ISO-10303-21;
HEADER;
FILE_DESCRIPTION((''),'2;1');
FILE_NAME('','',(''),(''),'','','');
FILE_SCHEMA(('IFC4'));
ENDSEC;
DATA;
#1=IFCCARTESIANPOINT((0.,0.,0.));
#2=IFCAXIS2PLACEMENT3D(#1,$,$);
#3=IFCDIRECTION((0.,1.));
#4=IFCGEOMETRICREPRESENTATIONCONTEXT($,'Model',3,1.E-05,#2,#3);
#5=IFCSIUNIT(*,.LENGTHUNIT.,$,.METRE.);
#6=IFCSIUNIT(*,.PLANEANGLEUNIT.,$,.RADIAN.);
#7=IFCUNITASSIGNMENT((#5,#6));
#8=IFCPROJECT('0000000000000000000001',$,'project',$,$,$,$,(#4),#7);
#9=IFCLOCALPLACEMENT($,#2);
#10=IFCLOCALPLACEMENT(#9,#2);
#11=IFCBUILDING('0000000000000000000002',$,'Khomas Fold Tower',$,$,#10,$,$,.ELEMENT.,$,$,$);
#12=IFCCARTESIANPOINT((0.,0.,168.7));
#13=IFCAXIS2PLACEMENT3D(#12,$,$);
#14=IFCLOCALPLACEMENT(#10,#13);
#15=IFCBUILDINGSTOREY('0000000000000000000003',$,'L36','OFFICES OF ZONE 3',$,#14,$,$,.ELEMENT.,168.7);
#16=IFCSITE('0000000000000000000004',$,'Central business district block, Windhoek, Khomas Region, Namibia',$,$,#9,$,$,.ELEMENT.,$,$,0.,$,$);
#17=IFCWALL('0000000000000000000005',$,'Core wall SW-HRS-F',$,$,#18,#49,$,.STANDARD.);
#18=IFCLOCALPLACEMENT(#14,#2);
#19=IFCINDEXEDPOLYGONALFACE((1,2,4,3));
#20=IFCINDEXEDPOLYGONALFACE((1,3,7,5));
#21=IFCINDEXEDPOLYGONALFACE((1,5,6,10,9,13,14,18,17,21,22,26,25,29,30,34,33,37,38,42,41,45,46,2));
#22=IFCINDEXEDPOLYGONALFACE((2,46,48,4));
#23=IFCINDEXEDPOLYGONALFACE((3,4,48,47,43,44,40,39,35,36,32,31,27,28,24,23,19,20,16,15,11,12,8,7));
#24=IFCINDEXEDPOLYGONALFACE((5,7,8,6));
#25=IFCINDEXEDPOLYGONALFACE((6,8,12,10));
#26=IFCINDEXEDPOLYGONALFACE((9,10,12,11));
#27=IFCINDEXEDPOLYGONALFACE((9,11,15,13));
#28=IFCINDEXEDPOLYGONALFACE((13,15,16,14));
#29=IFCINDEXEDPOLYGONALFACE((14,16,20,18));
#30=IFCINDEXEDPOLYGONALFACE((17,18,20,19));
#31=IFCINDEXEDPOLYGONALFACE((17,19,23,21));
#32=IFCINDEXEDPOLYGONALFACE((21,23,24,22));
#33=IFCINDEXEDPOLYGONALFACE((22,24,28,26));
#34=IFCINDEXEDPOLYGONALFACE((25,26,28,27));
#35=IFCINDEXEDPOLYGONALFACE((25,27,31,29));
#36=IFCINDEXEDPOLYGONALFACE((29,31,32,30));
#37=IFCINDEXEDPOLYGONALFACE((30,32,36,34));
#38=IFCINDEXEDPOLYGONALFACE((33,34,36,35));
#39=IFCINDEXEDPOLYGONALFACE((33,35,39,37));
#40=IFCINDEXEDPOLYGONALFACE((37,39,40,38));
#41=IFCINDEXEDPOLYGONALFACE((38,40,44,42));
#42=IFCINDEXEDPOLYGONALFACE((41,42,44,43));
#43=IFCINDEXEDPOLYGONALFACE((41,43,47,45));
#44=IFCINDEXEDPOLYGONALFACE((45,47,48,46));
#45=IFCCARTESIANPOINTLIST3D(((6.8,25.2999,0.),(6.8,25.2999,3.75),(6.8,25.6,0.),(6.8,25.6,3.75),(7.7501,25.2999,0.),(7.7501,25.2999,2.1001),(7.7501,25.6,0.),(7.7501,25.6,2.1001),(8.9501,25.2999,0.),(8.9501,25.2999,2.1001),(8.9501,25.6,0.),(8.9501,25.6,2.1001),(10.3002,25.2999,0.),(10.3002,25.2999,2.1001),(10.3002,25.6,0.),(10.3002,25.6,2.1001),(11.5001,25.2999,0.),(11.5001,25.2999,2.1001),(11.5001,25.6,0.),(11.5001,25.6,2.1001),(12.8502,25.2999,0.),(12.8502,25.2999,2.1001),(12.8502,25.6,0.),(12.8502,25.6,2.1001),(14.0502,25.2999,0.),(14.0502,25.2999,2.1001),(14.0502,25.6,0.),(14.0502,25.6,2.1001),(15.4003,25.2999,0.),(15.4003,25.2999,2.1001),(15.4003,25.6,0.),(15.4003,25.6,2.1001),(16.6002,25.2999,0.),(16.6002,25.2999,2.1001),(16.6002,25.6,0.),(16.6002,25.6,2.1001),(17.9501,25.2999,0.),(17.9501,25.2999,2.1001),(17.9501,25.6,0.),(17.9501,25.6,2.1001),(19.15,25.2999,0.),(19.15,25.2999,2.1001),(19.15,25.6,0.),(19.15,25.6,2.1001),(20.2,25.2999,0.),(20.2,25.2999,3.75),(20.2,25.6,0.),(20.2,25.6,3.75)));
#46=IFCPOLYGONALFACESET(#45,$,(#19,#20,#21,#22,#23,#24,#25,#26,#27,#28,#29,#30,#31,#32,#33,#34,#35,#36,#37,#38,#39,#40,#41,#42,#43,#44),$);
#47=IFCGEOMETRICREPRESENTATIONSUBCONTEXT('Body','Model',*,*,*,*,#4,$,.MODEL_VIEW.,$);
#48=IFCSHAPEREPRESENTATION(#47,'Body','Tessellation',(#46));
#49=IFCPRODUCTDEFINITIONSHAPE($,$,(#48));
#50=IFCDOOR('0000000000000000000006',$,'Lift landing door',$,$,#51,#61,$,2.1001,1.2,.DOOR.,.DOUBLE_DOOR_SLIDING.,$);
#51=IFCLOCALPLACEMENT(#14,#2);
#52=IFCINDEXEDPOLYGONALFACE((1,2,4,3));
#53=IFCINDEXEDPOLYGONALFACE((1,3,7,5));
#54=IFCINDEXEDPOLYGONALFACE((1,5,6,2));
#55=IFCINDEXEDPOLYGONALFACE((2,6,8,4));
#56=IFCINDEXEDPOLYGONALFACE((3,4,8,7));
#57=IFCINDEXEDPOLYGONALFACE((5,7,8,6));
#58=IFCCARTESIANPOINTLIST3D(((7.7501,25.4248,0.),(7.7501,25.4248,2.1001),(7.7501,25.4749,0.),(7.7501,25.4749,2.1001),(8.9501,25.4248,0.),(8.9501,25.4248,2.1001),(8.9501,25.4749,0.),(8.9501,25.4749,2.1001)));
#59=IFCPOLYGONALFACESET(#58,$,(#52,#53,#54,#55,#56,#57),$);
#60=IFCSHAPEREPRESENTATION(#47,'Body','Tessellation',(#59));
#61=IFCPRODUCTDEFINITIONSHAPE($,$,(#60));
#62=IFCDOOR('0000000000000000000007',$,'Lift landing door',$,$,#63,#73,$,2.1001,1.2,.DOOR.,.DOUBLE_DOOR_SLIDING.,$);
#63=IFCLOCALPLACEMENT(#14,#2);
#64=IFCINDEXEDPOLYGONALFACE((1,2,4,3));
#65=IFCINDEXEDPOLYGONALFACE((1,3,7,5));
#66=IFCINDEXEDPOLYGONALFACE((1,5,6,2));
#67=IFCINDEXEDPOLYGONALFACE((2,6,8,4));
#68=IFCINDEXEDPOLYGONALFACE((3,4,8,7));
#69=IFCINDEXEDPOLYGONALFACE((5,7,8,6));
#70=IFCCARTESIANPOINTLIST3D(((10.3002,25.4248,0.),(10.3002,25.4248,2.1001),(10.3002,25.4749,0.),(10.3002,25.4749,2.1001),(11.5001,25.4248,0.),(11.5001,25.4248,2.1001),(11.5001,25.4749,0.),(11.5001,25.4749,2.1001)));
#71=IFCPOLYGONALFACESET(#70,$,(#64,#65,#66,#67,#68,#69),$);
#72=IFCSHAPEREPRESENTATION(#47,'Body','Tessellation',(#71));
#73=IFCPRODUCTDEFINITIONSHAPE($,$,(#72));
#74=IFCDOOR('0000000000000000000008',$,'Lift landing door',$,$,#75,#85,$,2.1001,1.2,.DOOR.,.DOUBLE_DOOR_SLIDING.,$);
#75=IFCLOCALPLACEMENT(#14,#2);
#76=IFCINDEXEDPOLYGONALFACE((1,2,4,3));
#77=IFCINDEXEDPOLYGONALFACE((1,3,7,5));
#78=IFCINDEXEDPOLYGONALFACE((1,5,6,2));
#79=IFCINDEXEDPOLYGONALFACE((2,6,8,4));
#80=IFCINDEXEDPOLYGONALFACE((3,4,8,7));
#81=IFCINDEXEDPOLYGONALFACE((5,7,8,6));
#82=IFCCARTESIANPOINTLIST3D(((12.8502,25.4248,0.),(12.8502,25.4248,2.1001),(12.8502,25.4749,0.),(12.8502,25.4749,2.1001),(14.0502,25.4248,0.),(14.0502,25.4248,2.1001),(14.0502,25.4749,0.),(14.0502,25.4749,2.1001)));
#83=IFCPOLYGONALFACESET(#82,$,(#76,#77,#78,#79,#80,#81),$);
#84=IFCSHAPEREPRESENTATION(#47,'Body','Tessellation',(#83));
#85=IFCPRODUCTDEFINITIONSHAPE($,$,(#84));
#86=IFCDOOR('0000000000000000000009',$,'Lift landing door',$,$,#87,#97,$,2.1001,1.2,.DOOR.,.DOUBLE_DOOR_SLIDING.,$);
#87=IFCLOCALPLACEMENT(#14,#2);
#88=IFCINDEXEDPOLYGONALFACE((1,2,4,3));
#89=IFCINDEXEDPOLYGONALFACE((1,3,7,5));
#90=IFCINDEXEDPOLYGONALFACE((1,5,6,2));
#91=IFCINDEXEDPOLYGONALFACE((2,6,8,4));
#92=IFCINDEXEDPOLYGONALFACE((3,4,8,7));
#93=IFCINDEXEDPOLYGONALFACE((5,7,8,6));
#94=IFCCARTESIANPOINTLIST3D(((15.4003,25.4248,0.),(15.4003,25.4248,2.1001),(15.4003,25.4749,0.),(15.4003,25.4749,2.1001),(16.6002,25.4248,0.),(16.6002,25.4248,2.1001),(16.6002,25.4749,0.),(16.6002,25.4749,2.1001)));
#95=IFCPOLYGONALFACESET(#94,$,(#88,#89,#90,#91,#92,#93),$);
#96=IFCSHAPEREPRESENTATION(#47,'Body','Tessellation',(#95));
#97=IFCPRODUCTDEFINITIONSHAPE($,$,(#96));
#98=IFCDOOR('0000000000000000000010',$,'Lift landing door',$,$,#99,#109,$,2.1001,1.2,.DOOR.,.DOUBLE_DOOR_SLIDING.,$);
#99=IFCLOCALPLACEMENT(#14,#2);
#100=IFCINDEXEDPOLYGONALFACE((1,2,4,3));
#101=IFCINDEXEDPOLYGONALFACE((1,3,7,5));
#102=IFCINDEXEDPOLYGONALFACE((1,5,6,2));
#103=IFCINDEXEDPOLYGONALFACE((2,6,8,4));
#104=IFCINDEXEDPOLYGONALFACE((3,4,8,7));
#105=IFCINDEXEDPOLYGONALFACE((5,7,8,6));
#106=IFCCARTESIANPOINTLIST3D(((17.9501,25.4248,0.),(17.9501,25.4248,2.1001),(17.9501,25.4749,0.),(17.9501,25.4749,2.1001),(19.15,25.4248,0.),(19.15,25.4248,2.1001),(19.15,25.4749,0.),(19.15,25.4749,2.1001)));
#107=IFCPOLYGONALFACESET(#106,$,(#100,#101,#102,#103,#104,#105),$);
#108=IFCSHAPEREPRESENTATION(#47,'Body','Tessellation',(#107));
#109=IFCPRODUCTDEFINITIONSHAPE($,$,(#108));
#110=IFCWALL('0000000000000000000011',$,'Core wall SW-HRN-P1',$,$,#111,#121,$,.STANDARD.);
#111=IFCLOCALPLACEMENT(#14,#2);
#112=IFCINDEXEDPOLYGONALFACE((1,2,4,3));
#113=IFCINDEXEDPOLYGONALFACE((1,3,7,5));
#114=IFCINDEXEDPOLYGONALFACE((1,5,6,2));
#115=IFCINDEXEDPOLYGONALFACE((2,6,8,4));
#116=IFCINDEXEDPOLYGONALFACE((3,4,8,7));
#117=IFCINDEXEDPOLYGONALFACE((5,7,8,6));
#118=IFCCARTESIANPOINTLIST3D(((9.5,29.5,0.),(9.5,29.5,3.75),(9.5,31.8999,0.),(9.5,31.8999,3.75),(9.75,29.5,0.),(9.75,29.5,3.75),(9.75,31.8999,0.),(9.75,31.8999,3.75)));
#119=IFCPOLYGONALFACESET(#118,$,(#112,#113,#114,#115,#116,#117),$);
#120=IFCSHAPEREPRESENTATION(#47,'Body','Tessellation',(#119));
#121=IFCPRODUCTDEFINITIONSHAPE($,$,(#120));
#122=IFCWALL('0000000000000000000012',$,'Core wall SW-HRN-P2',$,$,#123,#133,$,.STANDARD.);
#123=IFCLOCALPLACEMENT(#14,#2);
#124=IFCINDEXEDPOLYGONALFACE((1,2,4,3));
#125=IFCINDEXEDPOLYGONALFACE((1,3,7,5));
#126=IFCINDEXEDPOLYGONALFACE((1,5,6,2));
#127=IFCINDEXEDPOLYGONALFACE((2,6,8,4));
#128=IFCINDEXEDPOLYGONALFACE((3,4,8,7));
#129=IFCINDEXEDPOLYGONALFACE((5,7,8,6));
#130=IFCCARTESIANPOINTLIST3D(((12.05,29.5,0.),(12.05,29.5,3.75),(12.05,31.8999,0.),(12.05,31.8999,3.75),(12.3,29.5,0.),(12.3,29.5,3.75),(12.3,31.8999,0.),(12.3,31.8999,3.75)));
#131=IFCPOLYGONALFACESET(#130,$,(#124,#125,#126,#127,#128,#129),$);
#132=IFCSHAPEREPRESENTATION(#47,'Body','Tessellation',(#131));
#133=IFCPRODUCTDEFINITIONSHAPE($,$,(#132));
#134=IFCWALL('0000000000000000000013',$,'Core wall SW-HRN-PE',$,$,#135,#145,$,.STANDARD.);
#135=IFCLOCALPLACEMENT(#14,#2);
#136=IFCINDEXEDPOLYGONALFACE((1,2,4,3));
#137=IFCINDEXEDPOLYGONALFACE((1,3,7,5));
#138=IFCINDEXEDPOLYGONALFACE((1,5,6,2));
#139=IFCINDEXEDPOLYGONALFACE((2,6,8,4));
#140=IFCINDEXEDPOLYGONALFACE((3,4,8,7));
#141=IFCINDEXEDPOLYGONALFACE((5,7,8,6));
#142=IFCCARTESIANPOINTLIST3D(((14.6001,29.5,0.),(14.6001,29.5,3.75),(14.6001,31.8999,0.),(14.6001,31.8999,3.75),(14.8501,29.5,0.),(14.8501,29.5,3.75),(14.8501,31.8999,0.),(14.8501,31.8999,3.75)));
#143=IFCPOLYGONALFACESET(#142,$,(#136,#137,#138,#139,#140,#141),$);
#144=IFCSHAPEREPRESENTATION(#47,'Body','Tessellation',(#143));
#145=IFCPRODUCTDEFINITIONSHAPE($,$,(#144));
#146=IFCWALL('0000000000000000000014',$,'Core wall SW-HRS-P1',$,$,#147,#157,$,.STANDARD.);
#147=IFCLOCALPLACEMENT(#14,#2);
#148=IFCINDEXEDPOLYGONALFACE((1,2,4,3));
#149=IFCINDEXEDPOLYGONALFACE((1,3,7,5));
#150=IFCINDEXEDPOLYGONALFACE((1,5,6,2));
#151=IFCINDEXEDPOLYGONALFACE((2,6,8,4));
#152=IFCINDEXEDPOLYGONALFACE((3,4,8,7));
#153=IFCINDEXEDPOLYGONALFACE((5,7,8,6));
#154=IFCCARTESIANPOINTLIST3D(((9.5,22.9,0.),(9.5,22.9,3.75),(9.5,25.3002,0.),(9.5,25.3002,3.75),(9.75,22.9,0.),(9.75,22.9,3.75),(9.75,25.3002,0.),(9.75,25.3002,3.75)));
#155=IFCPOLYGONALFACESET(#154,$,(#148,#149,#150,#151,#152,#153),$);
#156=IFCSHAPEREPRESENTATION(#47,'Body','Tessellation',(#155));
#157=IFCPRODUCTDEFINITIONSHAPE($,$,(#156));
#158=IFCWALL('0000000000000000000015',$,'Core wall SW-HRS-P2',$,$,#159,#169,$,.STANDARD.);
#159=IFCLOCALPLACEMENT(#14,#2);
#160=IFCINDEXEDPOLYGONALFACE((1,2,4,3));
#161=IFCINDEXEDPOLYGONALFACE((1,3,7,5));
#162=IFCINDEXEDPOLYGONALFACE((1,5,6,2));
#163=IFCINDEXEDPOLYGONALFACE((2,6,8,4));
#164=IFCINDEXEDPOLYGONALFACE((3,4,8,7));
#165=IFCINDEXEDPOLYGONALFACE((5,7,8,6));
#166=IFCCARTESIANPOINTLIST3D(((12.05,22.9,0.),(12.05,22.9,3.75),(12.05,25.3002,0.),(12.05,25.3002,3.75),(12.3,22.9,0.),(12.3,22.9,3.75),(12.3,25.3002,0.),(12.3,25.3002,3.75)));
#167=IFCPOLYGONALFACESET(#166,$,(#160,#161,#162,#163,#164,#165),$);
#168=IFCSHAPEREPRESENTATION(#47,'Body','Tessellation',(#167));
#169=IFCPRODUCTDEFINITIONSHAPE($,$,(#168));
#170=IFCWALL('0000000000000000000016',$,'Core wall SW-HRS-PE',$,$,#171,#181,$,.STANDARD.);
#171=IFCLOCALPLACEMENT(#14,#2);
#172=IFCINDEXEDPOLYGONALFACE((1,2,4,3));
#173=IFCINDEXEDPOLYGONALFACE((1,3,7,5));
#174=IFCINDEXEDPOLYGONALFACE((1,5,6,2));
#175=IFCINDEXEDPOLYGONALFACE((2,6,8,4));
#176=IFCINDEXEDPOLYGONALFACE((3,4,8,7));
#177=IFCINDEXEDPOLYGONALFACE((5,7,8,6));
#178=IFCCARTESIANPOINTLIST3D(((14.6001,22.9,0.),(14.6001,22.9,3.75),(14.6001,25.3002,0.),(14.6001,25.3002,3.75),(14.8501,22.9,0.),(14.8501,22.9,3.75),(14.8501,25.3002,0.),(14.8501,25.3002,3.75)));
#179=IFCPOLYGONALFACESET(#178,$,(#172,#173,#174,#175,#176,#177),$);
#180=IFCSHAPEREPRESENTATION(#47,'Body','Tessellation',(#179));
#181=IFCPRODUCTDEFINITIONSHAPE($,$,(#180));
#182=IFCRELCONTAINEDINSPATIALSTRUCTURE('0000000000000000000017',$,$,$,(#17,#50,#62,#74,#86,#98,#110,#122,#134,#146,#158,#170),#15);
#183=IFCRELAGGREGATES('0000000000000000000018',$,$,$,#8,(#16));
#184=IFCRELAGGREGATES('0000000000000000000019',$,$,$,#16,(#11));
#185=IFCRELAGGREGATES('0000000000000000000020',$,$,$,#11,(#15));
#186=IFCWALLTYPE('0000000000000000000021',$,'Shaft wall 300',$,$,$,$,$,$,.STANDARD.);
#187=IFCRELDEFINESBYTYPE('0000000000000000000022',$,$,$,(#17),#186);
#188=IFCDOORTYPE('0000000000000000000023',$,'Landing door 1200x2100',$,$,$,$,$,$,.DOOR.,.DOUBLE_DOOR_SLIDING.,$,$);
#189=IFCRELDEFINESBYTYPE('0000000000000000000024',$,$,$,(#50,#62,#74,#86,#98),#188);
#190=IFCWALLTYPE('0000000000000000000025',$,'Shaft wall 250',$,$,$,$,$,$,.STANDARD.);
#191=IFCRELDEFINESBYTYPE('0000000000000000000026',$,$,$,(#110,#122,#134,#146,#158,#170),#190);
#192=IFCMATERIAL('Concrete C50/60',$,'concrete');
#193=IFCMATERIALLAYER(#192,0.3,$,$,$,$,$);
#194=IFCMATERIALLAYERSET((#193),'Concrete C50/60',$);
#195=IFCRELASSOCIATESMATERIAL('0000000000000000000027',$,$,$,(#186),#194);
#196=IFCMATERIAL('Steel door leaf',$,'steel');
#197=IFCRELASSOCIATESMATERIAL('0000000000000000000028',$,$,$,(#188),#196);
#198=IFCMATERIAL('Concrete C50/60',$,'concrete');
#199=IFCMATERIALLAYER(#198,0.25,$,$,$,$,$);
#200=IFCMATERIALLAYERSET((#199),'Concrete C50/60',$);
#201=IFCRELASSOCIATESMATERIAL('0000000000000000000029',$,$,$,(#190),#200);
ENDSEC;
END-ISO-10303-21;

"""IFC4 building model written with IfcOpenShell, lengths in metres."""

from ifc_helpers import new_model, si_unit, direction, frame, frame_2d, origin, place, context, subcontext, project, spatial, rectangle, extrude, source, transform, mapped, material, layer, layer_set, type_object, element, fill, save


model = new_model("IFC4")

# Units and contexts
model_context = context("Model", 3, precision=1e-05, world=origin(), true_north=direction((0.0, 1.0)))
body_context = subcontext(model_context, "Body", "Model", "MODEL_VIEW")
ifc_project = project(units=[si_unit("LENGTHUNIT", "METRE"), si_unit("PLANEANGLEUNIT", "RADIAN")], contexts=[model_context])

# Site, building, storey
site_placement = place(None, origin())
site = spatial("IfcSite", under=ifc_project, at=site_placement, Name="Central business district block, Windhoek, Khomas Region, Namibia", CompositionType="ELEMENT", RefElevation=0.0)
building_placement = place(site_placement, origin())
building = spatial("IfcBuilding", under=site, at=building_placement, Name="Khomas Fold Tower", CompositionType="ELEMENT")
storey_placement = place(building_placement, frame((0.0, 0.0, 168.7)))
storey = spatial("IfcBuildingStorey", under=building, at=storey_placement, Name="L36", Description="OFFICES OF ZONE 3", CompositionType="ELEMENT", Elevation=168.7)

# Shared definitions
ifc_material_1 = material(Name="Concrete C50/60", Category="concrete")
ifc_layer_1 = layer(ifc_material_1, 0.3)
ifc_layer_set_1 = layer_set([ifc_layer_1], Name="Concrete C50/60")
wall_type_1 = type_object("IfcWallType", Name="Shaft wall 300", PredefinedType="STANDARD", material=ifc_layer_set_1)
shared_shape_1 = source(origin(), body_context, "Body", "SweptSolid", [
    extrude(rectangle(XDim=13.3999, YDim=0.3, at=frame_2d((6.7, 0.0))), origin(), (0.0, 0.0, 1.0), 3.75),
])

# Wall, openings, doors
shared_shape_2 = source(origin(), body_context, "Body", "SweptSolid", [
    extrude(rectangle(XDim=1.2, YDim=2.1001, at=frame_2d((0.6001, 1.05))), frame((0.0, 0.1599, 0.0), z_axis=(0.0, -1.0, 0.0), x_axis=(1.0, 0.0, 0.0)), (0.0, 0.0, 1.0), 0.3201),
])
ifc_material_2 = material(Name="Steel door leaf", Category="steel")
door_type = type_object("IfcDoorType", Name="Landing door 1200x2100", OperationType="DOUBLE_DOOR_SLIDING", PredefinedType="DOOR", material=ifc_material_2)
shared_shape_3 = source(origin(), body_context, "Body", "SweptSolid", [
    extrude(rectangle(XDim=1.2, YDim=2.1001, at=frame_2d((0.6001, 1.05))), frame((0.0, 0.0249, 0.0), z_axis=(0.0, -1.0, 0.0), x_axis=(1.0, 0.0, 0.0)), (0.0, 0.0, 1.0), 0.05),
])
wall_1_placement = place(storey_placement, frame((6.8, 25.45, 0.0), z_axis=(0.0, 0.0, 1.0), x_axis=(1.0, 0.0, 0.0)))
wall_1 = element("IfcWall", 1, at=wall_1_placement, inside=storey, type_object=wall_type_1, Name="Core wall SW-HRS-F", PredefinedType="STANDARD", context=body_context, shape_type="MappedRepresentation", body=[
    mapped(shared_shape_1, transform((0.0, 0.0, 0.0))),
])
opening_1_placement = place(wall_1_placement, frame((0.95, 0.0, 0.0)))
opening_1 = element("IfcOpeningElement", 2, at=opening_1_placement, cuts=wall_1, PredefinedType="OPENING", context=body_context, shape_type="MappedRepresentation", body=[
    mapped(shared_shape_2, transform((0.0, 0.0, 0.0))),
])
opening_2_placement = place(wall_1_placement, frame((3.5, 0.0, 0.0)))
opening_2 = element("IfcOpeningElement", 3, at=opening_2_placement, cuts=wall_1, PredefinedType="OPENING", context=body_context, shape_type="MappedRepresentation", body=[
    mapped(shared_shape_2, transform((0.0, 0.0, 0.0))),
])
opening_3_placement = place(wall_1_placement, frame((6.05, 0.0, 0.0)))
opening_3 = element("IfcOpeningElement", 4, at=opening_3_placement, cuts=wall_1, PredefinedType="OPENING", context=body_context, shape_type="MappedRepresentation", body=[
    mapped(shared_shape_2, transform((0.0, 0.0, 0.0))),
])
opening_4_placement = place(wall_1_placement, frame((8.6001, 0.0, 0.0)))
opening_4 = element("IfcOpeningElement", 5, at=opening_4_placement, cuts=wall_1, PredefinedType="OPENING", context=body_context, shape_type="MappedRepresentation", body=[
    mapped(shared_shape_2, transform((0.0, 0.0, 0.0))),
])
opening_5_placement = place(wall_1_placement, frame((11.1499, 0.0, 0.0)))
opening_5 = element("IfcOpeningElement", 6, at=opening_5_placement, cuts=wall_1, PredefinedType="OPENING", context=body_context, shape_type="MappedRepresentation", body=[
    mapped(shared_shape_2, transform((0.0, 0.0, 0.0))),
])
door_1_placement = place(opening_1_placement, origin())
door_1 = element("IfcDoor", 7, at=door_1_placement, inside=storey, type_object=door_type, Name="Lift landing door", OperationType="DOUBLE_DOOR_SLIDING", OverallHeight=2.1001, OverallWidth=1.2, PredefinedType="DOOR", context=body_context, shape_type="MappedRepresentation", body=[
    mapped(shared_shape_3, transform((0.0, 0.0, 0.0))),
])
fill(opening_1, door_1)
door_2_placement = place(opening_2_placement, origin())
door_2 = element("IfcDoor", 8, at=door_2_placement, inside=storey, type_object=door_type, Name="Lift landing door", OperationType="DOUBLE_DOOR_SLIDING", OverallHeight=2.1001, OverallWidth=1.2, PredefinedType="DOOR", context=body_context, shape_type="MappedRepresentation", body=[
    mapped(shared_shape_3, transform((0.0, 0.0, 0.0))),
])
fill(opening_2, door_2)
door_3_placement = place(opening_3_placement, origin())
door_3 = element("IfcDoor", 9, at=door_3_placement, inside=storey, type_object=door_type, Name="Lift landing door", OperationType="DOUBLE_DOOR_SLIDING", OverallHeight=2.1001, OverallWidth=1.2, PredefinedType="DOOR", context=body_context, shape_type="MappedRepresentation", body=[
    mapped(shared_shape_3, transform((0.0, 0.0, 0.0))),
])
fill(opening_3, door_3)
door_4_placement = place(opening_4_placement, origin())
door_4 = element("IfcDoor", 10, at=door_4_placement, inside=storey, type_object=door_type, Name="Lift landing door", OperationType="DOUBLE_DOOR_SLIDING", OverallHeight=2.1001, OverallWidth=1.2, PredefinedType="DOOR", context=body_context, shape_type="MappedRepresentation", body=[
    mapped(shared_shape_3, transform((0.0, 0.0, 0.0))),
])
fill(opening_4, door_4)
door_5_placement = place(opening_5_placement, origin())
door_5 = element("IfcDoor", 11, at=door_5_placement, inside=storey, type_object=door_type, Name="Lift landing door", OperationType="DOUBLE_DOOR_SLIDING", OverallHeight=2.1001, OverallWidth=1.2, PredefinedType="DOOR", context=body_context, shape_type="MappedRepresentation", body=[
    mapped(shared_shape_3, transform((0.0, 0.0, 0.0))),
])
fill(opening_5, door_5)

# Walls
ifc_material_3 = material(Name="Concrete C50/60", Category="concrete")
ifc_layer_2 = layer(ifc_material_3, 0.25)
ifc_layer_set_2 = layer_set([ifc_layer_2], Name="Concrete C50/60")
wall_type_2 = type_object("IfcWallType", Name="Shaft wall 250", PredefinedType="STANDARD", material=ifc_layer_set_2)
shared_shape_4 = source(origin(), body_context, "Body", "SweptSolid", [
    extrude(rectangle(XDim=2.3999, YDim=0.25, at=frame_2d((1.2, 0.0))), origin(), (0.0, 0.0, 1.0), 3.75),
])
for number, where, z_axis, x_axis, name in (
    (12, (9.625, 29.5, 0.0), (0.0, 0.0, 1.0), (0.0, 1.0, 0.0), "Core wall SW-HRN-P1"),
    (13, (12.175, 29.5, 0.0), (0.0, 0.0, 1.0), (0.0, 1.0, 0.0), "Core wall SW-HRN-P2"),
    (14, (14.7251, 29.5, 0.0), (0.0, 0.0, 1.0), (0.0, 1.0, 0.0), "Core wall SW-HRN-PE"),
):
    element("IfcWall", number, at=place(storey_placement, frame(where, z_axis=z_axis, x_axis=x_axis)), inside=storey, type_object=wall_type_2, Name=name, PredefinedType="STANDARD", context=body_context, shape_type="MappedRepresentation", body=[
        mapped(shared_shape_4, transform((0.0, 0.0, 0.0))),
    ])
shared_shape_5 = source(origin(), body_context, "Body", "SweptSolid", [
    extrude(rectangle(XDim=2.4001, YDim=0.25, at=frame_2d((1.2002, 0.0))), origin(), (0.0, 0.0, 1.0), 3.75),
])
for number, where, z_axis, x_axis, name in (
    (15, (9.625, 22.8999, 0.0), (0.0, 0.0, 1.0), (0.0, 1.0, 0.0), "Core wall SW-HRS-P1"),
    (16, (12.175, 22.8999, 0.0), (0.0, 0.0, 1.0), (0.0, 1.0, 0.0), "Core wall SW-HRS-P2"),
    (17, (14.7251, 22.8999, 0.0), (0.0, 0.0, 1.0), (0.0, 1.0, 0.0), "Core wall SW-HRS-PE"),
):
    element("IfcWall", number, at=place(storey_placement, frame(where, z_axis=z_axis, x_axis=x_axis)), inside=storey, type_object=wall_type_2, Name=name, PredefinedType="STANDARD", context=body_context, shape_type="MappedRepresentation", body=[
        mapped(shared_shape_5, transform((0.0, 0.0, 0.0))),
    ])

save(model, "model.ifc")
